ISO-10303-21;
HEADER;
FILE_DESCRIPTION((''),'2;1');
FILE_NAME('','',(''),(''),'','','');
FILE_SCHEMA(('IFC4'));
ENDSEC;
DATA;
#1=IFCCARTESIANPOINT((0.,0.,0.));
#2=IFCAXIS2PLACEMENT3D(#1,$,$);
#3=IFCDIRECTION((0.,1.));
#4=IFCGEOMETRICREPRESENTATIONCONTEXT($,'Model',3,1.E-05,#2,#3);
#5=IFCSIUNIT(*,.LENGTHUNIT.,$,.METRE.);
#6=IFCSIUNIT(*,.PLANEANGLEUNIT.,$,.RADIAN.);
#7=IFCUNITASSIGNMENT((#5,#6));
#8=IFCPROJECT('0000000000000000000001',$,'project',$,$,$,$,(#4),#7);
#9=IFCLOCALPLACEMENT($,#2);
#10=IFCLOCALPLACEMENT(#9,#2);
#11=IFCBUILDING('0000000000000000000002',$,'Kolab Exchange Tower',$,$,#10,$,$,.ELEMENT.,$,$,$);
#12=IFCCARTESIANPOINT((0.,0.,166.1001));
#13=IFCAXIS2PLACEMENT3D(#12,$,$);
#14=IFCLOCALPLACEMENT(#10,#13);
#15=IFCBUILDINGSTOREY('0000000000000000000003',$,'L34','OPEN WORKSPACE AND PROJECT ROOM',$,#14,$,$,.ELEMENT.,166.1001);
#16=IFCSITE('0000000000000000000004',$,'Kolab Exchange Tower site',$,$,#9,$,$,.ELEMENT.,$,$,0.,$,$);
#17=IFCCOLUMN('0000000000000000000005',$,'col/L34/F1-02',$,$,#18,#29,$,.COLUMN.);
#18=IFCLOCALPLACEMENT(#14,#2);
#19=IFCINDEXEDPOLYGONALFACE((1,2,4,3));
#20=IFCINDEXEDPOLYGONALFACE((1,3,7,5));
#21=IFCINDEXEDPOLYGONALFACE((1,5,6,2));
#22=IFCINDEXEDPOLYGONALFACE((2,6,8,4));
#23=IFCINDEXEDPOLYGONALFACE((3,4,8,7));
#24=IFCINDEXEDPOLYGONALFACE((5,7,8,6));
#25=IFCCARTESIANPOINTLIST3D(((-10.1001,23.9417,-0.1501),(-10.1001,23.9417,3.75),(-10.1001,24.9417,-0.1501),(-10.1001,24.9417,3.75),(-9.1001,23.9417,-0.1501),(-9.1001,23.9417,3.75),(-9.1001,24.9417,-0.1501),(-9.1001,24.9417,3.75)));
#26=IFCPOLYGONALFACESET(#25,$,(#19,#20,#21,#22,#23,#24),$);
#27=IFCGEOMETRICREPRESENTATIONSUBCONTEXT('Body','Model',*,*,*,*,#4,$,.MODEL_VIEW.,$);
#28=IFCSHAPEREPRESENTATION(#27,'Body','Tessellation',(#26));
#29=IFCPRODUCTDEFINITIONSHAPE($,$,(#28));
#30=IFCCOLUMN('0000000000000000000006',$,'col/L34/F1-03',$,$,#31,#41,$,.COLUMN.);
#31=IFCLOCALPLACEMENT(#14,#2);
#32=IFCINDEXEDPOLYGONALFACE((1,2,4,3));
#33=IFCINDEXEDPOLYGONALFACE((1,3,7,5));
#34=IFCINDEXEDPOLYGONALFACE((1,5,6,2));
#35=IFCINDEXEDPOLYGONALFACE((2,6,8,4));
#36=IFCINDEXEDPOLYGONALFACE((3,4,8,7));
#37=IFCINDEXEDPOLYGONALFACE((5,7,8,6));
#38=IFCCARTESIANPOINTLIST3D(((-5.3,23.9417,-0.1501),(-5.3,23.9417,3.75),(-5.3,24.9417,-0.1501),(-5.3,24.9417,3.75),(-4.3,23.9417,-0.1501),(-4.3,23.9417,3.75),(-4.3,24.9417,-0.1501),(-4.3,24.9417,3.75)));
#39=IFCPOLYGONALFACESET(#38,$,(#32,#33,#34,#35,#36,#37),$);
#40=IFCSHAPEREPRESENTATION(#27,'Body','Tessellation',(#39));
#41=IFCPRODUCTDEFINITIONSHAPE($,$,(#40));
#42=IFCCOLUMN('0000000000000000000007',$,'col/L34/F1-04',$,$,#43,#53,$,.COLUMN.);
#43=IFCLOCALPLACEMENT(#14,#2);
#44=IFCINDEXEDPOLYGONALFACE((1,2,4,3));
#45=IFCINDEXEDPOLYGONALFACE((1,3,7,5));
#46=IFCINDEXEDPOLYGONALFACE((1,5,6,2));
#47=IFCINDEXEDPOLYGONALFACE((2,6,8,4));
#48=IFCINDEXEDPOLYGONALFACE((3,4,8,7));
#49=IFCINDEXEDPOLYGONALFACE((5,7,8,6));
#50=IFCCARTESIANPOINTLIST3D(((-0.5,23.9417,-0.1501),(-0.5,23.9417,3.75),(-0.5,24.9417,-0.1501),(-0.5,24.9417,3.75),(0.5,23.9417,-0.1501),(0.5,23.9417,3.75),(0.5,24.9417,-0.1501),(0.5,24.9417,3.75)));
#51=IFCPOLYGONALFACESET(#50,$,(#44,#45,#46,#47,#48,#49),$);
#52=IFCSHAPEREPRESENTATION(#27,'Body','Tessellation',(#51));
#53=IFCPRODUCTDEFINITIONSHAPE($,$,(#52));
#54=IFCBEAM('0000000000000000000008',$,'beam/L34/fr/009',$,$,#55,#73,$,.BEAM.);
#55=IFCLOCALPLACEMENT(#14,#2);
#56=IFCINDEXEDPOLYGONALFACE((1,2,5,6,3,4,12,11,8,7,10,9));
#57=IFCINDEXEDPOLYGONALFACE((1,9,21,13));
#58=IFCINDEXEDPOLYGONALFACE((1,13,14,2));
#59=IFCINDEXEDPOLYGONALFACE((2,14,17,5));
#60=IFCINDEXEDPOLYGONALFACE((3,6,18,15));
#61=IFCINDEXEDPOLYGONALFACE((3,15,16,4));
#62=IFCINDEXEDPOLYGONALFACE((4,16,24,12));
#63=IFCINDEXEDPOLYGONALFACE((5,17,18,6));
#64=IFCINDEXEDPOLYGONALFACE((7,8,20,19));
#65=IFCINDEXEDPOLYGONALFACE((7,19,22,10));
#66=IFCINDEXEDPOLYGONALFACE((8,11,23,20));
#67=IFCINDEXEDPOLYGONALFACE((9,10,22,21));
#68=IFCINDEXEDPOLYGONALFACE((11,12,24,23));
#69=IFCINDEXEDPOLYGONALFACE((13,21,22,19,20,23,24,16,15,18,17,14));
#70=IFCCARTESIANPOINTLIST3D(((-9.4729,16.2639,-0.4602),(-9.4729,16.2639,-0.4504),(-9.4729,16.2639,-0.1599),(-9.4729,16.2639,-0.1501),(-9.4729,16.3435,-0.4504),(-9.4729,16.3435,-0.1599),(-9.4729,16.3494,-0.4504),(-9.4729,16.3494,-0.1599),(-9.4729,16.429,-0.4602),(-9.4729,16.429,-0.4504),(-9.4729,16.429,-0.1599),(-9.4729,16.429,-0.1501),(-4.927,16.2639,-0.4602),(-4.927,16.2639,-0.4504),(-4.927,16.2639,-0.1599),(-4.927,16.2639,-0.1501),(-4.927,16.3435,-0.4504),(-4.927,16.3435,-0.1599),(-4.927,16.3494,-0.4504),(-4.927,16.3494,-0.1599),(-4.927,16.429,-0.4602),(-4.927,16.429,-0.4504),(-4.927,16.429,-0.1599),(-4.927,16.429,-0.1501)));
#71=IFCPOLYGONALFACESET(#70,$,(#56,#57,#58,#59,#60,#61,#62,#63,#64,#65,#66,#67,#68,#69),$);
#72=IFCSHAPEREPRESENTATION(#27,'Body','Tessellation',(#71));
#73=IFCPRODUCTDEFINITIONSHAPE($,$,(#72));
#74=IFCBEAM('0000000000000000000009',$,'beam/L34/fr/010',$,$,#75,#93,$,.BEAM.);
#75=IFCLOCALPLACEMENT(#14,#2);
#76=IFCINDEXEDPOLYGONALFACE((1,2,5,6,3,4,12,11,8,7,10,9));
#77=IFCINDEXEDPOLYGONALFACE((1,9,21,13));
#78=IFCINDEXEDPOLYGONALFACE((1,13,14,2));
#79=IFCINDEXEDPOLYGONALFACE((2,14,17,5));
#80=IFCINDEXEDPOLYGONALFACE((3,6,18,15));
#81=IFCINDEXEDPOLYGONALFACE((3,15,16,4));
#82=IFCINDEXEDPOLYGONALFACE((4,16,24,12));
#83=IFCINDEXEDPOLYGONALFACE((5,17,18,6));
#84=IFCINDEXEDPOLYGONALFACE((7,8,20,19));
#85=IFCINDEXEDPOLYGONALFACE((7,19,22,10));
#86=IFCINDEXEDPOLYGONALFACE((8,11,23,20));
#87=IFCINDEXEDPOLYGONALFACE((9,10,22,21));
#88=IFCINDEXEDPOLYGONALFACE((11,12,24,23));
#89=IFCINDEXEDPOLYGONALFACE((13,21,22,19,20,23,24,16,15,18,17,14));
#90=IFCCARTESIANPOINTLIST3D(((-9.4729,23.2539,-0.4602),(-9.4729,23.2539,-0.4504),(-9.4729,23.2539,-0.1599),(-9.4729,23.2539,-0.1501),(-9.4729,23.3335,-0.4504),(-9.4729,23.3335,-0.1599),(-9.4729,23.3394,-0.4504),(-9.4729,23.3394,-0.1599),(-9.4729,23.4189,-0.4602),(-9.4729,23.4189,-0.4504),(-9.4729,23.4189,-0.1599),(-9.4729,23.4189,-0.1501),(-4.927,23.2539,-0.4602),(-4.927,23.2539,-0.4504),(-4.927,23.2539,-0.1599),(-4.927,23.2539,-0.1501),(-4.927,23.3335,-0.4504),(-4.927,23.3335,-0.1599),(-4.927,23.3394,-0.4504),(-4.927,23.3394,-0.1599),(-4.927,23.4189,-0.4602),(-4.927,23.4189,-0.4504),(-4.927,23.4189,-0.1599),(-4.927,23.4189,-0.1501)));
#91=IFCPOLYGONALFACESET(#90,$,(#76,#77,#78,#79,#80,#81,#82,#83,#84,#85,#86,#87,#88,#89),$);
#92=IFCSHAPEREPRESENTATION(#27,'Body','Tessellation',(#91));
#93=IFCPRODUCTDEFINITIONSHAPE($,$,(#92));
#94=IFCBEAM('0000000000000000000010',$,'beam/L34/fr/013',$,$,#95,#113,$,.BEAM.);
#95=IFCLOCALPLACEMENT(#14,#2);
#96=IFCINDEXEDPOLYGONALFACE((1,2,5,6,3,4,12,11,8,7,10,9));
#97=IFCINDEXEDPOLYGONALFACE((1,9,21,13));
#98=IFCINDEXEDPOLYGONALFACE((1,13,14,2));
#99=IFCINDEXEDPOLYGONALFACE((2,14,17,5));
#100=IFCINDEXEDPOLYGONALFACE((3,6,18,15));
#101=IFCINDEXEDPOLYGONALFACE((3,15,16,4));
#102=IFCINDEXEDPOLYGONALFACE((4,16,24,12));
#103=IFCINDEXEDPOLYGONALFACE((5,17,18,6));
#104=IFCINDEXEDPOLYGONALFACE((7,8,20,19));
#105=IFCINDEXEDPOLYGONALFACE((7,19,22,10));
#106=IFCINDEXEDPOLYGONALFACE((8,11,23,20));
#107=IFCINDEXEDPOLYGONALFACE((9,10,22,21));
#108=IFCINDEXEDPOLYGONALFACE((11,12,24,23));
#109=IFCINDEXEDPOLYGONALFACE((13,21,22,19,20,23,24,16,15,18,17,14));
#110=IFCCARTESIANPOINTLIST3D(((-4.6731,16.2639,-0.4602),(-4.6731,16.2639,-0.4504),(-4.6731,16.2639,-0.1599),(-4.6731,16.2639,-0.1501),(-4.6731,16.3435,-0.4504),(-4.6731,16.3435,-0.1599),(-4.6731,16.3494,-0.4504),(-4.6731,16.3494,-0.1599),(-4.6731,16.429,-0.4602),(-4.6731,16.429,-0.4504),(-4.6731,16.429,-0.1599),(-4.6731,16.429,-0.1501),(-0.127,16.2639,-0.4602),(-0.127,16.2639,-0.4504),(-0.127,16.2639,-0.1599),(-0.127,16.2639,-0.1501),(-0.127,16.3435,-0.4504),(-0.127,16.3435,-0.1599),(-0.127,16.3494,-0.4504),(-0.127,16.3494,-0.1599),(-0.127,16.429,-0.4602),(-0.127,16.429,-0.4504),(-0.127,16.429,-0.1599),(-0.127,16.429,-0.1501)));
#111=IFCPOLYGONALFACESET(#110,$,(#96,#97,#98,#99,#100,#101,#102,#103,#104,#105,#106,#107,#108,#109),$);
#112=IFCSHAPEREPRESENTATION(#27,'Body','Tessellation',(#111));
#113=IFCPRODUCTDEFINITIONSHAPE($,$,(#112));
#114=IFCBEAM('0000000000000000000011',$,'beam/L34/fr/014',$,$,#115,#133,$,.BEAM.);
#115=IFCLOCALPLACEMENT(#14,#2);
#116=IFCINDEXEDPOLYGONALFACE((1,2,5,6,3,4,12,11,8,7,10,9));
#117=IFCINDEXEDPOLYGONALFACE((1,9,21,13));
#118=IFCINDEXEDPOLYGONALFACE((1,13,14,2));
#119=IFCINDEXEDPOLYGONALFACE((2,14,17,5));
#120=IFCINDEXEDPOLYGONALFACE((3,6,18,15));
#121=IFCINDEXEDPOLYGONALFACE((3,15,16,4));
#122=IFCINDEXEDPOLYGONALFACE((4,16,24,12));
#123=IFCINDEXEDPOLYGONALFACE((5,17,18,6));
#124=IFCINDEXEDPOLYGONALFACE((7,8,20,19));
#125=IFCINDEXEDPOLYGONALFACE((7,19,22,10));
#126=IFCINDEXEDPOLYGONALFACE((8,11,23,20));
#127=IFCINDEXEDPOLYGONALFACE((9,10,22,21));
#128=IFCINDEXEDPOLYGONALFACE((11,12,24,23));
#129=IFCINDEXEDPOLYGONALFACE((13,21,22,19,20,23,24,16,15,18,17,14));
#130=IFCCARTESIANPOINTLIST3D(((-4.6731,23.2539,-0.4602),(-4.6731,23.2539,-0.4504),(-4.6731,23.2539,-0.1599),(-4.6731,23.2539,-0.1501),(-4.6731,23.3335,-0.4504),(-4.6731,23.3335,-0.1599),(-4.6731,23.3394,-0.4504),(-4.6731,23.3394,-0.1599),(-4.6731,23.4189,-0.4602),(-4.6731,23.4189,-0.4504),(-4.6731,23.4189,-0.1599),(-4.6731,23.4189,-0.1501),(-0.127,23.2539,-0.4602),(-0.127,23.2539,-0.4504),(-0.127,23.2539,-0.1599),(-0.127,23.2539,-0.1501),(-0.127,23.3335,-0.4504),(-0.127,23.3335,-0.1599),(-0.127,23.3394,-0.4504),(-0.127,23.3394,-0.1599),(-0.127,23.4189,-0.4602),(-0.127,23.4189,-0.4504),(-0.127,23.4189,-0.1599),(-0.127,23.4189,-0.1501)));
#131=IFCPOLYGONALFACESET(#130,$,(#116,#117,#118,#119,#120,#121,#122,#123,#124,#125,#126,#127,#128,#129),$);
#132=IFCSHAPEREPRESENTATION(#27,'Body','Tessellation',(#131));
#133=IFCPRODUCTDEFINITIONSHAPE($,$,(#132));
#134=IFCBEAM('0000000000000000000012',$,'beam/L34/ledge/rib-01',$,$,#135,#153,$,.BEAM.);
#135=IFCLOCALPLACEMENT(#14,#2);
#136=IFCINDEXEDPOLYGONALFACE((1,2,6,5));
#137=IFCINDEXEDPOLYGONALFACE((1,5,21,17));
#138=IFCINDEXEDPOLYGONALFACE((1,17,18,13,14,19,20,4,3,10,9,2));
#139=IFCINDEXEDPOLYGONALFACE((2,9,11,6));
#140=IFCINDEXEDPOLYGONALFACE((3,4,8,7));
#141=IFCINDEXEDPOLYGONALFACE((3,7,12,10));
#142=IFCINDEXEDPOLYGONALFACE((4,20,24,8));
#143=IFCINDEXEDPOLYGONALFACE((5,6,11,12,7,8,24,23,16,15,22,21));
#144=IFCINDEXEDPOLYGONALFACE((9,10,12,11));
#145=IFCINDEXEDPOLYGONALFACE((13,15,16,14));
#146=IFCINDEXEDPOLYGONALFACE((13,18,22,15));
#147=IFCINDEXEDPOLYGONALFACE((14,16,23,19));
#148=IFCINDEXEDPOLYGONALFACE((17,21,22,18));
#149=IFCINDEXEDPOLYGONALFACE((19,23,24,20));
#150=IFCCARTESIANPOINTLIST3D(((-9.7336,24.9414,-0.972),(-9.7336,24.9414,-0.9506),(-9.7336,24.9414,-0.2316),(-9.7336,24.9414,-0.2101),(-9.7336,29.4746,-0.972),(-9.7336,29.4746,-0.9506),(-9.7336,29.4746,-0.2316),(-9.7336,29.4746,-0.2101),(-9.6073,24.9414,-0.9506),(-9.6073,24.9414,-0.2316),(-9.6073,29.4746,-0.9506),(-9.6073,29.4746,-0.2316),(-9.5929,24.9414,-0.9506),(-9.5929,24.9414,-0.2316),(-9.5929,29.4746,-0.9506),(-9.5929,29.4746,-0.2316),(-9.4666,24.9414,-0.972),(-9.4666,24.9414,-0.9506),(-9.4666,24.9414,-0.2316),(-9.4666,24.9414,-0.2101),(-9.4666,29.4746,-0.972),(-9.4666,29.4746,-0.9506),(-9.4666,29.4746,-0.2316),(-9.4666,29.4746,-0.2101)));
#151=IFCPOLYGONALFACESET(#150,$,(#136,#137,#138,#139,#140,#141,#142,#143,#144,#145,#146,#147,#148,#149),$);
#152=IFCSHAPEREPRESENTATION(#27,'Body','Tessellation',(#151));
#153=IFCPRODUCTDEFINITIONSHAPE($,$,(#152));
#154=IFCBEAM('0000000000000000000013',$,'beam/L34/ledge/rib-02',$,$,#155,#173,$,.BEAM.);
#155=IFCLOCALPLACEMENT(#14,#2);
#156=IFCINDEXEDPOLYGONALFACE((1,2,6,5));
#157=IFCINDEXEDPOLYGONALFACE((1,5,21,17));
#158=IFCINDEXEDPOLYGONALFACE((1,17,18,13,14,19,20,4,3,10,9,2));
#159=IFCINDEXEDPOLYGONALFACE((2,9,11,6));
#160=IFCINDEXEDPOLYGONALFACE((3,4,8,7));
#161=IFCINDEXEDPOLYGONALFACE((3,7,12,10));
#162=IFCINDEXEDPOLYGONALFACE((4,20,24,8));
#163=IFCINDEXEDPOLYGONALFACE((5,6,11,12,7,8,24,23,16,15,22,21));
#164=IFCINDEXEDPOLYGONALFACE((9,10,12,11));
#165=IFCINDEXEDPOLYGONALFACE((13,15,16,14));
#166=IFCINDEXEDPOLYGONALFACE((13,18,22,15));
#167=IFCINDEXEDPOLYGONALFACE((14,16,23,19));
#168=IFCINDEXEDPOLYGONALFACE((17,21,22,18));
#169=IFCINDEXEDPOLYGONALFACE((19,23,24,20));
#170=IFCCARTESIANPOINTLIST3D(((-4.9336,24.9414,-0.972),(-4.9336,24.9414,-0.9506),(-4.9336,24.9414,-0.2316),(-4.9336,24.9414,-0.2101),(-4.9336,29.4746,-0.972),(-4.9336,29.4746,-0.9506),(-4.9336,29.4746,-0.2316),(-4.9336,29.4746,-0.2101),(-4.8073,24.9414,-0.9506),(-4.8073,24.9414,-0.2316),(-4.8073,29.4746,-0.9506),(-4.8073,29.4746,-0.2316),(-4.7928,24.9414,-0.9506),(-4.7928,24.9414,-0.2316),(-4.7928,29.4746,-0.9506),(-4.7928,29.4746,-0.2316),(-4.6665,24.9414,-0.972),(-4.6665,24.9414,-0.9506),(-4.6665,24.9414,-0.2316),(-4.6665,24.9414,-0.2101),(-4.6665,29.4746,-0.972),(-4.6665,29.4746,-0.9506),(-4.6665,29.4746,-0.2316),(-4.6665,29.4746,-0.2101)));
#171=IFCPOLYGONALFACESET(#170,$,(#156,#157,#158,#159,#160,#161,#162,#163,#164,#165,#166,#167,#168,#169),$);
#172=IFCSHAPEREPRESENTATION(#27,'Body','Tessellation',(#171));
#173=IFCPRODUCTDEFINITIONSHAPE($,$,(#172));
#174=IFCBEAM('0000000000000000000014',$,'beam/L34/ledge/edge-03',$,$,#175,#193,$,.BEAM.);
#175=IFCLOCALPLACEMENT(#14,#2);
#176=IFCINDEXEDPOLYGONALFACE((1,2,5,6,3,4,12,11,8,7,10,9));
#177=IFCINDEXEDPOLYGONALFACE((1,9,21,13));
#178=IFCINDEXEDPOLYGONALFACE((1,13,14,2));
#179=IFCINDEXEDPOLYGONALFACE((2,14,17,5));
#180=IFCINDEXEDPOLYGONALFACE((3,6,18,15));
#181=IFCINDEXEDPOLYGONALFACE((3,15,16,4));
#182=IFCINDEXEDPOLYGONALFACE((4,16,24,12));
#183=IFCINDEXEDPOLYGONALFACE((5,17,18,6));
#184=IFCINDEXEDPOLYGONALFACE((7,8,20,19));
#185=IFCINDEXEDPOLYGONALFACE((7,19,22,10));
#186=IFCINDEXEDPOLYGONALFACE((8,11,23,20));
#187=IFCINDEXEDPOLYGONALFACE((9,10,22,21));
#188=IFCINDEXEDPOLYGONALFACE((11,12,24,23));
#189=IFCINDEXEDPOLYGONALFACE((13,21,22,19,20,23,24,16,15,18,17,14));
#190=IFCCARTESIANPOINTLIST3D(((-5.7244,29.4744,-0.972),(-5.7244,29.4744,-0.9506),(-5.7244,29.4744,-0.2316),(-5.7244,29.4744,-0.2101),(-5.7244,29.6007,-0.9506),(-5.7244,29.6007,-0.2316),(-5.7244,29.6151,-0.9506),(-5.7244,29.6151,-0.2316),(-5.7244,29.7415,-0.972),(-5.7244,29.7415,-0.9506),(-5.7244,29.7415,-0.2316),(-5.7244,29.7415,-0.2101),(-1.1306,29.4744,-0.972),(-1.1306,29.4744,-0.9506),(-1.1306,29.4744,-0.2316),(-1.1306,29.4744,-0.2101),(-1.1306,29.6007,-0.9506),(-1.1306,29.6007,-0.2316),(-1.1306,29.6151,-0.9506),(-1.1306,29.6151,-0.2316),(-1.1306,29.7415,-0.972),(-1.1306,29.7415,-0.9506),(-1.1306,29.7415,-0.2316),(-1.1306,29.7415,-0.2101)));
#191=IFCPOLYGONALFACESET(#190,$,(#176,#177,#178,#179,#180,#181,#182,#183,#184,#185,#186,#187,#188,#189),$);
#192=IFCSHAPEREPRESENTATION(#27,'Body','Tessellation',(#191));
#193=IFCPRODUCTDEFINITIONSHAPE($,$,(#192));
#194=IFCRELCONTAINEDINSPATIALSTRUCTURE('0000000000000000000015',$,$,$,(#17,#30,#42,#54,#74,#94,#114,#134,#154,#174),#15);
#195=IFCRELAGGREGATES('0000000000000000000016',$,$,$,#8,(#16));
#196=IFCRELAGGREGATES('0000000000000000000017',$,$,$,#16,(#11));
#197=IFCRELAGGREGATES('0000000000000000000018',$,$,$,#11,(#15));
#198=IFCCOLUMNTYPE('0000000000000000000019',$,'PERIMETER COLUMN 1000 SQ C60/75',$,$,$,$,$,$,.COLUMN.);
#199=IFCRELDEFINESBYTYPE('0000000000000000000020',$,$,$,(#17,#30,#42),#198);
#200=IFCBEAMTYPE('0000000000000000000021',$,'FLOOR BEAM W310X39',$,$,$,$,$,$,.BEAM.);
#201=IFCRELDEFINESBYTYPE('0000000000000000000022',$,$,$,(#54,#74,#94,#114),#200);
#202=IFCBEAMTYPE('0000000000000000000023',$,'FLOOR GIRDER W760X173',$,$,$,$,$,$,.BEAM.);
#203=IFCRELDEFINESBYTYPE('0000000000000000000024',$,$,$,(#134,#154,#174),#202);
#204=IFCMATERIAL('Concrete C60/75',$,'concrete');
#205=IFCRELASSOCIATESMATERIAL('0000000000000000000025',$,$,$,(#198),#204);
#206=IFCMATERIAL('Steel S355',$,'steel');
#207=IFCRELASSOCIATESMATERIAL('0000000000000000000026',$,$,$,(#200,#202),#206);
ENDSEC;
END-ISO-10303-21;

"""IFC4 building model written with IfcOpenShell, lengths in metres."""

from ifc_helpers import new_model, si_unit, direction, frame, origin, origin_2d, place, context, subcontext, project, spatial, rectangle, i_section, extrude, material, material_profile, profile_set, type_object, element, save


model = new_model("IFC4")

# Units and contexts
model_context = context("Model", 3, precision=1e-05, world=origin(), true_north=direction((0.0, 1.0)))
body_context = subcontext(model_context, "Body", "Model", "MODEL_VIEW")
ifc_project = project(units=[si_unit("LENGTHUNIT", "METRE"), si_unit("PLANEANGLEUNIT", "RADIAN")], contexts=[model_context])

# Site, building, storey
site_placement = place(None, origin())
site = spatial("IfcSite", under=ifc_project, at=site_placement, Name="Kolab Exchange Tower site", CompositionType="ELEMENT", RefElevation=0.0)
building_placement = place(site_placement, origin())
building = spatial("IfcBuilding", under=site, at=building_placement, Name="Kolab Exchange Tower", CompositionType="ELEMENT")
storey_placement = place(building_placement, frame((0.0, 0.0, 166.1001)))
storey = spatial("IfcBuildingStorey", under=building, at=storey_placement, Name="L34", Description="OPEN WORKSPACE AND PROJECT ROOM", CompositionType="ELEMENT", Elevation=166.1001)

# Columns
ifc_material_1 = material(Name="Concrete C60/75", Category="concrete")
ifc_material_profile_1 = material_profile(ifc_material_1, rectangle(XDim=1.0, YDim=1.0, at=origin_2d()), Name="RC1000")
ifc_profile_set_1 = profile_set([ifc_material_profile_1], Name="Concrete C60/75")
column_type = type_object("IfcColumnType", Name="PERIMETER COLUMN 1000 SQ C60/75", PredefinedType="COLUMN", material=ifc_profile_set_1)
for number, where, z_axis, x_axis, name in (
    (1, (-9.6001, 24.4417, -0.1501), (0.0, 0.0, 1.0), (1.0, 0.0, 0.0), "col/L34/F1-02"),
    (2, (-4.8, 24.4417, -0.1501), (0.0, 0.0, 1.0), (1.0, 0.0, 0.0), "col/L34/F1-03"),
    (3, (0.0, 24.4417, -0.1501), (0.0, 0.0, 1.0), (1.0, 0.0, 0.0), "col/L34/F1-04"),
):
    element("IfcColumn", number, at=place(storey_placement, frame(where, z_axis=z_axis, x_axis=x_axis)), inside=storey, type_object=column_type, Name=name, PredefinedType="COLUMN", context=body_context, shape_type="SweptSolid", body=[
        extrude(rectangle(XDim=1.0, YDim=1.0, at=origin_2d()), origin(), (0.0, 0.0, 1.0), 3.9001),
    ])

# Beams
ifc_material_2 = material(Name="Steel S355", Category="steel")
ifc_material_profile_2 = material_profile(ifc_material_2, i_section(OverallWidth=0.165, OverallDepth=0.3101, WebThickness=0.0059, FlangeThickness=0.0098, at=origin_2d()), Name="W310X39")
ifc_profile_set_2 = profile_set([ifc_material_profile_2], Name="Steel S355")
beam_type_1 = type_object("IfcBeamType", Name="FLOOR BEAM W310X39", PredefinedType="BEAM", material=ifc_profile_set_2)
for number, where, z_axis, x_axis, name in (
    (4, (-9.4729, 16.3464, -0.3052), (1.0, 0.0, 0.0), (0.0, 1.0, 0.0), "beam/L34/fr/009"),
    (5, (-9.4729, 23.3364, -0.3052), (1.0, 0.0, 0.0), (0.0, 1.0, 0.0), "beam/L34/fr/010"),
):
    element("IfcBeam", number, at=place(storey_placement, frame(where, z_axis=z_axis, x_axis=x_axis)), inside=storey, type_object=beam_type_1, Name=name, PredefinedType="BEAM", context=body_context, shape_type="SweptSolid", body=[
        extrude(i_section(OverallWidth=0.165, OverallDepth=0.3101, WebThickness=0.0059, FlangeThickness=0.0098, at=origin_2d()), origin(), (0.0, 0.0, 1.0), 4.5459),
    ])
for number, where, z_axis, x_axis, name in (
    (6, (-4.6731, 16.3464, -0.3052), (1.0, 0.0, 0.0), (0.0, 1.0, 0.0), "beam/L34/fr/013"),
    (7, (-4.6731, 23.3364, -0.3052), (1.0, 0.0, 0.0), (0.0, 1.0, 0.0), "beam/L34/fr/014"),
):
    element("IfcBeam", number, at=place(storey_placement, frame(where, z_axis=z_axis, x_axis=x_axis)), inside=storey, type_object=beam_type_1, Name=name, PredefinedType="BEAM", context=body_context, shape_type="SweptSolid", body=[
        extrude(i_section(OverallWidth=0.165, OverallDepth=0.3101, WebThickness=0.0059, FlangeThickness=0.0098, at=origin_2d()), origin(), (0.0, 0.0, 1.0), 4.5461),
    ])
ifc_material_profile_3 = material_profile(ifc_material_2, i_section(OverallWidth=0.2671, OverallDepth=0.762, WebThickness=0.0144, FlangeThickness=0.0215, at=origin_2d()), Name="W760X173")
ifc_profile_set_3 = profile_set([ifc_material_profile_3], Name="Steel S355")
beam_type_2 = type_object("IfcBeamType", Name="FLOOR GIRDER W760X173", PredefinedType="BEAM", material=ifc_profile_set_3)
for number, where, z_axis, x_axis, name in (
    (8, (-9.6001, 24.9414, -0.5911), (0.0, 1.0, 0.0), (-1.0, 0.0, 0.0), "beam/L34/ledge/rib-01"),
    (9, (-4.8, 24.9414, -0.5911), (0.0, 1.0, 0.0), (-1.0, 0.0, 0.0), "beam/L34/ledge/rib-02"),
):
    element("IfcBeam", number, at=place(storey_placement, frame(where, z_axis=z_axis, x_axis=x_axis)), inside=storey, type_object=beam_type_2, Name=name, PredefinedType="BEAM", context=body_context, shape_type="SweptSolid", body=[
        extrude(i_section(OverallWidth=0.2671, OverallDepth=0.762, WebThickness=0.0144, FlangeThickness=0.0215, at=origin_2d()), origin(), (0.0, 0.0, 1.0), 4.5332),
    ])
beam_1_placement = place(storey_placement, frame((-5.7244, 29.6079, -0.5911), z_axis=(1.0, 0.0, 0.0), x_axis=(0.0, 1.0, 0.0)))
element("IfcBeam", 10, at=beam_1_placement, inside=storey, type_object=beam_type_2, Name="beam/L34/ledge/edge-03", PredefinedType="BEAM", context=body_context, shape_type="SweptSolid", body=[
    extrude(i_section(OverallWidth=0.2671, OverallDepth=0.762, WebThickness=0.0144, FlangeThickness=0.0215, at=origin_2d()), origin(), (0.0, 0.0, 1.0), 4.5938),
])

save(model, "model.ifc")
